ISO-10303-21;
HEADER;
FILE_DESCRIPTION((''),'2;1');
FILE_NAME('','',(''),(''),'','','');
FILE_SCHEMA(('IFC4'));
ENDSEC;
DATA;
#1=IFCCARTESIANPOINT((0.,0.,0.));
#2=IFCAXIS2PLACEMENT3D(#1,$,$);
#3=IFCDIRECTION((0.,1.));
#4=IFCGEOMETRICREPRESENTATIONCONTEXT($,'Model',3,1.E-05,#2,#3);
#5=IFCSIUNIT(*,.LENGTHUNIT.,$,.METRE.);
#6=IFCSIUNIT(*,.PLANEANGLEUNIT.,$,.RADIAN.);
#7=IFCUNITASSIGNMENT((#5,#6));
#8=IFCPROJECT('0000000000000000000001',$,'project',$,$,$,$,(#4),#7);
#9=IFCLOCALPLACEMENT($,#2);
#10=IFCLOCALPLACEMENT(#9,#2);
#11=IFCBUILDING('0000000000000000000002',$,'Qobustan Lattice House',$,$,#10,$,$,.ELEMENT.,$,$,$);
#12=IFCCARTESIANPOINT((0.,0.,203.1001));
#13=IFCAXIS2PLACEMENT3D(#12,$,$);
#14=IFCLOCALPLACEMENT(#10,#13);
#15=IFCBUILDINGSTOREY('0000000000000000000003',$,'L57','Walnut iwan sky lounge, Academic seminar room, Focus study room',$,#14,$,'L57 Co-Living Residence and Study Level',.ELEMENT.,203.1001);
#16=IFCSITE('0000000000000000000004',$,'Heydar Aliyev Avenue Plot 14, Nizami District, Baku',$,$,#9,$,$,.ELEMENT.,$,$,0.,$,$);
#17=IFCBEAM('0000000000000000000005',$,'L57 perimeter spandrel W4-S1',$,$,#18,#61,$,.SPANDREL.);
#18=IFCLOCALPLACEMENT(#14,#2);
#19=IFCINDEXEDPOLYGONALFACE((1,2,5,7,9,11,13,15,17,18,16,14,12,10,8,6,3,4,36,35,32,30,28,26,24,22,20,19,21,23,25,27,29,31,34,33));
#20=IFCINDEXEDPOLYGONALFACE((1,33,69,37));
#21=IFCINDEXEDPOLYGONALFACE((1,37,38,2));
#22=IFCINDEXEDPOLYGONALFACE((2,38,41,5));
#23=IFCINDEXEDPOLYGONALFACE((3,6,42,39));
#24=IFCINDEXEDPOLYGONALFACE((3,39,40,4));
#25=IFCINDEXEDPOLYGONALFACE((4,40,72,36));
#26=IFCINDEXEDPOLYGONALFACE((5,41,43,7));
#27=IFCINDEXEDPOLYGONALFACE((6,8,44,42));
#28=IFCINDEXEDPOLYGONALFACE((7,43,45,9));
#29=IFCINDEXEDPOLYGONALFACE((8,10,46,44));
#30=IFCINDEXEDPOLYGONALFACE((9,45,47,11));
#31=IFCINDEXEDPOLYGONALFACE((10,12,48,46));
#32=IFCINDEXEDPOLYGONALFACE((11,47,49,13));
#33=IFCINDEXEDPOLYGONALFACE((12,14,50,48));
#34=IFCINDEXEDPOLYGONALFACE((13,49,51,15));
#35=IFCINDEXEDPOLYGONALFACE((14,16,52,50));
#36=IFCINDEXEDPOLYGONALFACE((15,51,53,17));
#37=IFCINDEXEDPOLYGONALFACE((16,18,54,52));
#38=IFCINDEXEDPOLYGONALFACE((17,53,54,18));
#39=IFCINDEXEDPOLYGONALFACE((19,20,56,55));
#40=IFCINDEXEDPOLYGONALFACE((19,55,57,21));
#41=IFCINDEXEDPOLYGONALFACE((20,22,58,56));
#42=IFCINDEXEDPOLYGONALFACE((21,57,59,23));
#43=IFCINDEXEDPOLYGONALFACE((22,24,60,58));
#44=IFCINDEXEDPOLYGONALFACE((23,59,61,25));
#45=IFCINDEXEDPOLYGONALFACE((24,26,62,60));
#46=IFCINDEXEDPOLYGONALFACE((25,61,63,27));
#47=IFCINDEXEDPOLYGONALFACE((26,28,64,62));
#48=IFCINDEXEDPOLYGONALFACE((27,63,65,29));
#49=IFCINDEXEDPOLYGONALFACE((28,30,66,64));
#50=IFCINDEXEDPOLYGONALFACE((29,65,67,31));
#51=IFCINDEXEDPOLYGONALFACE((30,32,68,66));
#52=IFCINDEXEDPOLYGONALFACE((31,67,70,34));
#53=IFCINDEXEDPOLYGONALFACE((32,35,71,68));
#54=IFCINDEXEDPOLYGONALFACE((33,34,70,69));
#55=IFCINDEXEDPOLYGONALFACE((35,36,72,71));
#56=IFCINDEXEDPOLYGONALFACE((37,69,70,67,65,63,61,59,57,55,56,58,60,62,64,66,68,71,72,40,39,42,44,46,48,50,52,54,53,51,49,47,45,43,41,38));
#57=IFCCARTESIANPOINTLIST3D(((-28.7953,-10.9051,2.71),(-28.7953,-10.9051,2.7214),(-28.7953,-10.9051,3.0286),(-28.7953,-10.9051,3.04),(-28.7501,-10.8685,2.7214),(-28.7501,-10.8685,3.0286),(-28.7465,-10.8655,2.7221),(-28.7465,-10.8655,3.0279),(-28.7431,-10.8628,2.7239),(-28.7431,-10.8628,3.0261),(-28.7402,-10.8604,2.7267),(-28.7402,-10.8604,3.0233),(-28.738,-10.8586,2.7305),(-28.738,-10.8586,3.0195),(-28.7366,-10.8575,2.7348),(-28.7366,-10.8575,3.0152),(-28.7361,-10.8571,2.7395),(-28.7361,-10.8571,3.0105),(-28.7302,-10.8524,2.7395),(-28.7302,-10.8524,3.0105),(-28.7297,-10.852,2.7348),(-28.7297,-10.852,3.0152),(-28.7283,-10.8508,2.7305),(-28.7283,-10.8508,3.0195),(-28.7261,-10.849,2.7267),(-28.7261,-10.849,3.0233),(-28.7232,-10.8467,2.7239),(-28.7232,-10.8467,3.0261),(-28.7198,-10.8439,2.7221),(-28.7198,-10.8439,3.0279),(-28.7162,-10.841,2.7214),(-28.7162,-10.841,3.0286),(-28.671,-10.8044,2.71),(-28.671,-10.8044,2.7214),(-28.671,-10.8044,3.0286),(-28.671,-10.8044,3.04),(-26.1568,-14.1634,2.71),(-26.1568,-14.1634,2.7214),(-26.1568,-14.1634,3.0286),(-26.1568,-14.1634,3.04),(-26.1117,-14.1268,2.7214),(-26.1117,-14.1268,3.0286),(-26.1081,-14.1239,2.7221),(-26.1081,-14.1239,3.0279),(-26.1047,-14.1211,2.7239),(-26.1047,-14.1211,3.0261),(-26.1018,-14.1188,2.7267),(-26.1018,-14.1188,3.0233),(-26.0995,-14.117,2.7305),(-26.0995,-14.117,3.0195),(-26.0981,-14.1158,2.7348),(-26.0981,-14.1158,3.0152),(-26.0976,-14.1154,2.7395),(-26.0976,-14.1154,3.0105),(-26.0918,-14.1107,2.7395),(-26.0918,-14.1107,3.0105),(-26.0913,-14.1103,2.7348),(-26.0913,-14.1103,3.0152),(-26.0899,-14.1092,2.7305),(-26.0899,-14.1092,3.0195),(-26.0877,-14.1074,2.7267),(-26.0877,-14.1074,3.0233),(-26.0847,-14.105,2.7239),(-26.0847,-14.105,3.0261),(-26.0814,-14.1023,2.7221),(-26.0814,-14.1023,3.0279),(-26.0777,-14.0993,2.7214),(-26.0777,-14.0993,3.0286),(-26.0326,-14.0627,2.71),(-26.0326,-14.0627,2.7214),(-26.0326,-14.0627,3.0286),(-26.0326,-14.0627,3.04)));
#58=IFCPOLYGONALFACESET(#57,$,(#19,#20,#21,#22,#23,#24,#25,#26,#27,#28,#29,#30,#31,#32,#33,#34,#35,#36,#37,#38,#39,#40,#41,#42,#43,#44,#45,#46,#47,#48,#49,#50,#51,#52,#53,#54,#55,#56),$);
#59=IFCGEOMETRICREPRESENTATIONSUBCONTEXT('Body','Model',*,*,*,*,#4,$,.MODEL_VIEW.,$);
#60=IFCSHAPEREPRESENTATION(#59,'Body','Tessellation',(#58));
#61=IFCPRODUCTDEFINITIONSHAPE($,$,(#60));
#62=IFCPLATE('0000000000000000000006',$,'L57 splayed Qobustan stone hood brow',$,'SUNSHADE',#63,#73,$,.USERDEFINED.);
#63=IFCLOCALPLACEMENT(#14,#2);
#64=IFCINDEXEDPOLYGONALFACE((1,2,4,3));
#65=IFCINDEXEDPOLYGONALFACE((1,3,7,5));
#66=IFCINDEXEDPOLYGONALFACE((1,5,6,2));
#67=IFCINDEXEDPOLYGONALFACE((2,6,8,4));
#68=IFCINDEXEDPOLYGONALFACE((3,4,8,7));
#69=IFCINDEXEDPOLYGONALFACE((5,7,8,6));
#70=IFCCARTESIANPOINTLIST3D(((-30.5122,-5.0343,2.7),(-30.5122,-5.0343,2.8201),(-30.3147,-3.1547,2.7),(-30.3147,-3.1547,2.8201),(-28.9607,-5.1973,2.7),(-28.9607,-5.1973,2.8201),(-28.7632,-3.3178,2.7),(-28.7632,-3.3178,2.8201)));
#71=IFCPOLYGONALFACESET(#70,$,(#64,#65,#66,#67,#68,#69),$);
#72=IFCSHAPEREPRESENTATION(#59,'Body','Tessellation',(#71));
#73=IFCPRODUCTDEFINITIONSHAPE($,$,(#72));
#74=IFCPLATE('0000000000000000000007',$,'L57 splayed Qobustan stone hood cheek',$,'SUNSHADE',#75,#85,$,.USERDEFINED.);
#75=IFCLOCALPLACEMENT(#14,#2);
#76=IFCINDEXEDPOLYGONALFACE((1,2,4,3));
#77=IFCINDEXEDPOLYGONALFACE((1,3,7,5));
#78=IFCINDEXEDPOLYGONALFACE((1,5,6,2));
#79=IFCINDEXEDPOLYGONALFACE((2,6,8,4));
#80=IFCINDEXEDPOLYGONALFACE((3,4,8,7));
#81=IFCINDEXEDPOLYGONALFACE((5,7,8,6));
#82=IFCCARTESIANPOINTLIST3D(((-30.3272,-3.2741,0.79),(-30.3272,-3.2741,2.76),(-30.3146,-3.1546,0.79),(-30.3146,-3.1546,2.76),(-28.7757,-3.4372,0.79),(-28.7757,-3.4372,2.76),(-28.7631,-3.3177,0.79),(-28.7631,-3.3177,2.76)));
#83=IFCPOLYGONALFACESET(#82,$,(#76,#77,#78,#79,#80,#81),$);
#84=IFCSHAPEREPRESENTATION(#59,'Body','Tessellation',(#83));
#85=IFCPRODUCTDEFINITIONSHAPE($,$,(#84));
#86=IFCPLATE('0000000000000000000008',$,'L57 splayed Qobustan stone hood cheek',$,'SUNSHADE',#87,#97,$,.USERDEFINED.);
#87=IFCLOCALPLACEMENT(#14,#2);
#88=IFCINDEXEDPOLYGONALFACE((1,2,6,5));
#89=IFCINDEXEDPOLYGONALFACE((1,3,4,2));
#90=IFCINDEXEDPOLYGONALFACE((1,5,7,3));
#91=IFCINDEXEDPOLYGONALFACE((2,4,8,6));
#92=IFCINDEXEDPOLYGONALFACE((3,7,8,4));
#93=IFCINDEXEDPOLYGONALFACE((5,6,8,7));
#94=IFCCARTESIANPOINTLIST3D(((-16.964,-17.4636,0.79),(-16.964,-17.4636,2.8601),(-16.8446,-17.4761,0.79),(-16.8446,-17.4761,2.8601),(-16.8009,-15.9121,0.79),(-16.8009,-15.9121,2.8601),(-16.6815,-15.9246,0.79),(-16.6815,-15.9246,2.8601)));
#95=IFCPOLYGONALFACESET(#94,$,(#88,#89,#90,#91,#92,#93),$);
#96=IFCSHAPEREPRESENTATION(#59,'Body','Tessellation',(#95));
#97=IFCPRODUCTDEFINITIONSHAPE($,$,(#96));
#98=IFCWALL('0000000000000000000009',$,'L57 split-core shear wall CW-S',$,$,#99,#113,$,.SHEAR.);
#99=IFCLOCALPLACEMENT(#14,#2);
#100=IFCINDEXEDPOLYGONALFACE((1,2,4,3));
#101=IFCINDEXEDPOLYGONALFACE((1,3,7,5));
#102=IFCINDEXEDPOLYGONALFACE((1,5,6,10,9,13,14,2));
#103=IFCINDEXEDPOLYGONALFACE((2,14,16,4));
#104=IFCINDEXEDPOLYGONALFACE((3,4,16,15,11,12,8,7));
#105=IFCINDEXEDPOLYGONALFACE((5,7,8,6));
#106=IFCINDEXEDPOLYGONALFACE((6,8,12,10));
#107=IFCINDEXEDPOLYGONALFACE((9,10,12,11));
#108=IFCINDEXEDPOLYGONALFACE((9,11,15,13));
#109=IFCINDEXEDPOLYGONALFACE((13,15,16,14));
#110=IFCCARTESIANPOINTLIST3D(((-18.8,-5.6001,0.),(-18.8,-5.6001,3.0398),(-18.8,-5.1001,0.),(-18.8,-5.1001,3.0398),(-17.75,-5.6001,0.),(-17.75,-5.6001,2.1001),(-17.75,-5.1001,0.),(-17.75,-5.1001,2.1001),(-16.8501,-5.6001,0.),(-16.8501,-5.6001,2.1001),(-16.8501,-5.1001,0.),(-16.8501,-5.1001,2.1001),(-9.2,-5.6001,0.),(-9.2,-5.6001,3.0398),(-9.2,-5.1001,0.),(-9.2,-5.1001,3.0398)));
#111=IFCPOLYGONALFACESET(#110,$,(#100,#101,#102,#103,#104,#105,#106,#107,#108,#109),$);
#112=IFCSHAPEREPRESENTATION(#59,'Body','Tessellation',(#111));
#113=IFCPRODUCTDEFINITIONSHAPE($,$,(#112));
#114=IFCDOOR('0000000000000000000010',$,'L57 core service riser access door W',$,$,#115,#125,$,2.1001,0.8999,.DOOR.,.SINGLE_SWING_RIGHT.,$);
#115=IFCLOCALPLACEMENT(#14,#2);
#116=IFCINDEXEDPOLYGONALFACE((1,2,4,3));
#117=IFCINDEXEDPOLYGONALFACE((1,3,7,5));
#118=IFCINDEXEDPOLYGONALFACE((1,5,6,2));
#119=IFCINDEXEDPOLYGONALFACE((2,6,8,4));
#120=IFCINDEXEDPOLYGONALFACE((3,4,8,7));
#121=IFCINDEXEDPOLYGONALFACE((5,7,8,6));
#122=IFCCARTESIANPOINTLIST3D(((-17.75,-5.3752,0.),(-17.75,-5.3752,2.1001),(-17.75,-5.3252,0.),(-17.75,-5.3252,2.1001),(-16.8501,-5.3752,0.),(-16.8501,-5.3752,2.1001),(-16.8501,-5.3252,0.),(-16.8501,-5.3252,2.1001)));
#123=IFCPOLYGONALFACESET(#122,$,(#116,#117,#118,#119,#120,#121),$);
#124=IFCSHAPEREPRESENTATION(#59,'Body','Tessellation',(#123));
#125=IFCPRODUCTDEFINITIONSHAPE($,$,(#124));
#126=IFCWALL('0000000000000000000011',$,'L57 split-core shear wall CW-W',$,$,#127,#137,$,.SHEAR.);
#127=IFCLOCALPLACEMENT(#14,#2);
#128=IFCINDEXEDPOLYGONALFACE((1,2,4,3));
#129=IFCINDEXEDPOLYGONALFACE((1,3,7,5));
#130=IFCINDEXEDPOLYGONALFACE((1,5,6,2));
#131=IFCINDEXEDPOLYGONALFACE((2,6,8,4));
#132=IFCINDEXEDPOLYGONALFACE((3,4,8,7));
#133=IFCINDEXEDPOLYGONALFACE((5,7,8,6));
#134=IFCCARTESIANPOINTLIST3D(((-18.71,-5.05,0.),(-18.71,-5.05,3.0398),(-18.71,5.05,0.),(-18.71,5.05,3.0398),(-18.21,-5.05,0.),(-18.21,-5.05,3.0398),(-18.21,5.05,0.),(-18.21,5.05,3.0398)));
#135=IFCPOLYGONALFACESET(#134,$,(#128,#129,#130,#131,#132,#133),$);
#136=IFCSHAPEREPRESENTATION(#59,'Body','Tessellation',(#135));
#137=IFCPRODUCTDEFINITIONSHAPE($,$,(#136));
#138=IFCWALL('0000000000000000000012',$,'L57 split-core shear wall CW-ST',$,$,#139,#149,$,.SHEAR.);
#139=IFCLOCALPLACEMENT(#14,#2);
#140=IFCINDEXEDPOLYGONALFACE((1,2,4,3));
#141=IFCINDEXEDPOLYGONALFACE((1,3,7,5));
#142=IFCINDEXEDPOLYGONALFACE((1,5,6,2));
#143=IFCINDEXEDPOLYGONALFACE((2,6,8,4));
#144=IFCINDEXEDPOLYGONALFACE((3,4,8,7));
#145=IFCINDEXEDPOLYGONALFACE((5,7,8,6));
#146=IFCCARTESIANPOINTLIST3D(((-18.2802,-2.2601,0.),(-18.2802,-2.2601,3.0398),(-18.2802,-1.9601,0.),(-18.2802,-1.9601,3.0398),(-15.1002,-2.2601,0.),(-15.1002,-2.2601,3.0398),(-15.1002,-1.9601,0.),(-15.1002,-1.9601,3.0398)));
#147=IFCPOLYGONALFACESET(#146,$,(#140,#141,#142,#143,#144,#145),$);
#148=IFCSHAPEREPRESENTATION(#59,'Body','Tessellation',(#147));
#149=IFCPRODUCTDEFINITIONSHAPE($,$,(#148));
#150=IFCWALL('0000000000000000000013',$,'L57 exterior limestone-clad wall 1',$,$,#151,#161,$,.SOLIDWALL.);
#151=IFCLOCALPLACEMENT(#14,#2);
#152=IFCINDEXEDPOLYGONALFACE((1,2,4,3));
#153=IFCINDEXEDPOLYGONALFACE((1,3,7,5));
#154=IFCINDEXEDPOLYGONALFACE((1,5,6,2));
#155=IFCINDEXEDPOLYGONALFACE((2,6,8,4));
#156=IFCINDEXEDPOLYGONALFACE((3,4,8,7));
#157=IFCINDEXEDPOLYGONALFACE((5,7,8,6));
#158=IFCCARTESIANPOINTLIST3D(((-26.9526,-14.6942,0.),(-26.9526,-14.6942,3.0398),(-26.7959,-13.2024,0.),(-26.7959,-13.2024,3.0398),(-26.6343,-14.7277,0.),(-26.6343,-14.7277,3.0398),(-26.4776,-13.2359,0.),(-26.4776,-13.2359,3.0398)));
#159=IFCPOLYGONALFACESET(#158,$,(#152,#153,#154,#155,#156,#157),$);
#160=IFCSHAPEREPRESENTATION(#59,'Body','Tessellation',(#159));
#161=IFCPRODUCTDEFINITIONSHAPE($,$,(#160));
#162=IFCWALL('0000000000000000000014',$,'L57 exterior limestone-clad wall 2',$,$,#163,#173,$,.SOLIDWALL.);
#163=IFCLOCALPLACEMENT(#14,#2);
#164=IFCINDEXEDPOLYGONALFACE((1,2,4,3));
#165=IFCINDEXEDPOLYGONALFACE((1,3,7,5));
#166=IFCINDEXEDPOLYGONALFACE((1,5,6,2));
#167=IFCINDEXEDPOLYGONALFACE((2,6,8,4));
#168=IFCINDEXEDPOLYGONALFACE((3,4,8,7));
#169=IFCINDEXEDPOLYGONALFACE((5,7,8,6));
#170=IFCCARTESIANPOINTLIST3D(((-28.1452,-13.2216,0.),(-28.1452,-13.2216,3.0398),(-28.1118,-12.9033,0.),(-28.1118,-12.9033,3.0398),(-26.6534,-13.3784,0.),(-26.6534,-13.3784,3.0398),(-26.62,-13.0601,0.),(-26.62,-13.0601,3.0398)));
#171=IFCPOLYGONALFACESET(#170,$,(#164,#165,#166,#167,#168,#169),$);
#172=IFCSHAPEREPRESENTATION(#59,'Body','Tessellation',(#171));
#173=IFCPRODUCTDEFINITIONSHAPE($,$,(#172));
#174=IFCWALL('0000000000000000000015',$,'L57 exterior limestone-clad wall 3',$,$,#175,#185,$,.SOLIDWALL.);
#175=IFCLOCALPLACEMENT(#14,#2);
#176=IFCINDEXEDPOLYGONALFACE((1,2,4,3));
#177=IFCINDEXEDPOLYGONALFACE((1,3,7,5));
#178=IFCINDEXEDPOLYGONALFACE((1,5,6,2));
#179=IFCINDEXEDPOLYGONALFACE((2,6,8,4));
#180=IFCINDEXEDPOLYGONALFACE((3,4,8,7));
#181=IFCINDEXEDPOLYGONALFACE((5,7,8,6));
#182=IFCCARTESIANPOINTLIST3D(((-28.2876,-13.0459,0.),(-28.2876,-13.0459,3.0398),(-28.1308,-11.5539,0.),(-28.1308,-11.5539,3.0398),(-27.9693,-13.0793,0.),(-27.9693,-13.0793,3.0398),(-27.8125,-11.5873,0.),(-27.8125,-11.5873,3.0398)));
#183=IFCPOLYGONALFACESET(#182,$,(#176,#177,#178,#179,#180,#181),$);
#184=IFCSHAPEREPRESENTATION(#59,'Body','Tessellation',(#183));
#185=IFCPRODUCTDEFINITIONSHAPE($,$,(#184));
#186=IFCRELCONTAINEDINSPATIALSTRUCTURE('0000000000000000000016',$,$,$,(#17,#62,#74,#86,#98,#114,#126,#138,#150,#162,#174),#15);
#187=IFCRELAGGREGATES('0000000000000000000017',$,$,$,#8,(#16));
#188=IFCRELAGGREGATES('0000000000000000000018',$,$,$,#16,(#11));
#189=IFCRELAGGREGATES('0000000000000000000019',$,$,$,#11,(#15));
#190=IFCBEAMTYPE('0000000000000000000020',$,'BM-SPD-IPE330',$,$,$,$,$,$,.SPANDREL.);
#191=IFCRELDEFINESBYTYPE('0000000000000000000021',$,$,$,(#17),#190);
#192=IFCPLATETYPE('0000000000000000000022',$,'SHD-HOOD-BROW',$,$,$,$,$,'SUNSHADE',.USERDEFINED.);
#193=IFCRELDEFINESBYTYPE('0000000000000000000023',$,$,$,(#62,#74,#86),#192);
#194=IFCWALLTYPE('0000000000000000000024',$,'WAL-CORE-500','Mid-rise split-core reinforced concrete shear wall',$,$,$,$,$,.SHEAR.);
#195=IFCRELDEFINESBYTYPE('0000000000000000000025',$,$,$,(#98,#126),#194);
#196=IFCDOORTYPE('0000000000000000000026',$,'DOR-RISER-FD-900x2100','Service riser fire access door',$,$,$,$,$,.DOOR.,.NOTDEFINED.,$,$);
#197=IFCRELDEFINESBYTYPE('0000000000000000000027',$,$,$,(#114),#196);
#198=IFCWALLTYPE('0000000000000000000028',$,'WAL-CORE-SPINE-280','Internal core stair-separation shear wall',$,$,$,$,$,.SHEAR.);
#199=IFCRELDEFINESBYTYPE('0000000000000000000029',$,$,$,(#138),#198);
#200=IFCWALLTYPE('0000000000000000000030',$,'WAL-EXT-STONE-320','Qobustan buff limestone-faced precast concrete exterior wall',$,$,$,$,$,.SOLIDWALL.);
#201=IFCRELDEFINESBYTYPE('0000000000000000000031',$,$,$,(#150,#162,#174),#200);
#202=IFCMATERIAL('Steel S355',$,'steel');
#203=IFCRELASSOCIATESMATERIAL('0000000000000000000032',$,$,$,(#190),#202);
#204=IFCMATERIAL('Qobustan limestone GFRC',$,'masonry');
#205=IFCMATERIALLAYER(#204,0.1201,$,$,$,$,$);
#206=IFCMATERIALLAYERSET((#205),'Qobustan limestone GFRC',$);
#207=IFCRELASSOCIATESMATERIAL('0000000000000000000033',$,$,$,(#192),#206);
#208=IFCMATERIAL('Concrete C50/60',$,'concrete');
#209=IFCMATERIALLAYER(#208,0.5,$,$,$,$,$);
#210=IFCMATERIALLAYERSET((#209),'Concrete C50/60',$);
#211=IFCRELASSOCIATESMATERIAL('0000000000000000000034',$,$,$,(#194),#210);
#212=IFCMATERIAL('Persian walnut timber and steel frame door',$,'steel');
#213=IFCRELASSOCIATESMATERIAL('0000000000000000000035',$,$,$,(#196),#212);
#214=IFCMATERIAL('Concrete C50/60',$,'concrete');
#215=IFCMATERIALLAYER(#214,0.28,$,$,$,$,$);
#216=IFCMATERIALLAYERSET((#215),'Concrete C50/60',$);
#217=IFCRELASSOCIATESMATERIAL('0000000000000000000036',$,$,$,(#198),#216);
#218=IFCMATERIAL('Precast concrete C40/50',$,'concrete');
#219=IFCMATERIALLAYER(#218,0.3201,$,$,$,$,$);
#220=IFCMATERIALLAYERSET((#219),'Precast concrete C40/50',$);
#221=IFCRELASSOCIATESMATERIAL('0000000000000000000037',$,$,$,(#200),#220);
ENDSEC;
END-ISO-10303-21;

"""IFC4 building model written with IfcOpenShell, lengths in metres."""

from ifc_helpers import new_model, si_unit, direction, frame, frame_2d, origin, origin_2d, place, context, subcontext, project, spatial, rectangle, i_section, extrude, material, layer, layer_set, material_profile, profile_set, type_object, element, fill, save


model = new_model("IFC4")

# Units and contexts
model_context = context("Model", 3, precision=1e-05, world=origin(), true_north=direction((0.0, 1.0)))
body_context = subcontext(model_context, "Body", "Model", "MODEL_VIEW")
ifc_project = project(units=[si_unit("LENGTHUNIT", "METRE"), si_unit("PLANEANGLEUNIT", "RADIAN")], contexts=[model_context])

# Site, building, storey
site_placement = place(None, origin())
site = spatial("IfcSite", under=ifc_project, at=site_placement, Name="Heydar Aliyev Avenue Plot 14, Nizami District, Baku", CompositionType="ELEMENT", RefElevation=0.0)
building_placement = place(site_placement, origin())
building = spatial("IfcBuilding", under=site, at=building_placement, Name="Qobustan Lattice House", CompositionType="ELEMENT")
storey_placement = place(building_placement, frame((0.0, 0.0, 203.1001)))
storey = spatial("IfcBuildingStorey", under=building, at=storey_placement, Name="L57", Description="Walnut iwan sky lounge, Academic seminar room, Focus study room", LongName="L57 Co-Living Residence and Study Level", CompositionType="ELEMENT", Elevation=203.1001)

# Beam
ifc_material_1 = material(Name="Steel S355", Category="steel")
ifc_material_profile_1 = material_profile(ifc_material_1, i_section(OverallWidth=0.1599, OverallDepth=0.3301, WebThickness=0.0076, FlangeThickness=0.0115, FilletRadius=0.0181, at=origin_2d()), Name="IPE330")
ifc_profile_set_1 = profile_set([ifc_material_profile_1], Name="Steel S355")
beam_type_1 = type_object("IfcBeamType", Name="BM-SPD-IPE330", PredefinedType="SPANDREL", material=ifc_profile_set_1)
beam_1_placement = place(storey_placement, frame((-28.7332, -10.8547, 2.875), z_axis=(0.629307, -0.777157, 0.0), x_axis=(0.777157, 0.629307, 0.0)))
element("IfcBeam", 1, at=beam_1_placement, inside=storey, type_object=beam_type_1, Name="L57 perimeter spandrel W4-S1", PredefinedType="SPANDREL", context=body_context, shape_type="SweptSolid", body=[
    extrude(i_section(OverallWidth=0.1599, OverallDepth=0.3301, WebThickness=0.0076, FlangeThickness=0.0115, FilletRadius=0.0181, at=origin_2d()), origin(), (0.0, 0.0, 1.0), 4.1926),
])

# Plates
ifc_material_2 = material(Name="Qobustan limestone GFRC", Category="masonry")
ifc_layer_1 = layer(ifc_material_2, 0.1201)
ifc_layer_set_1 = layer_set([ifc_layer_1], Name="Qobustan limestone GFRC")
plate_type = type_object("IfcPlateType", Name="SHD-HOOD-BROW", ElementType="SUNSHADE", PredefinedType="USERDEFINED", material=ifc_layer_set_1)
plate_1_placement = place(storey_placement, frame((-29.6377, -4.176, 2.7), z_axis=(0.0, 0.0, 1.0), x_axis=(0.104528, 0.994522, 0.0)))
element("IfcPlate", 2, at=plate_1_placement, inside=storey, type_object=plate_type, Name="L57 splayed Qobustan stone hood brow", ObjectType="SUNSHADE", PredefinedType="USERDEFINED", context=body_context, shape_type="SweptSolid", body=[
    extrude(rectangle(XDim=1.8899, YDim=1.5601, at=origin_2d()), origin(), (0.0, 0.0, 1.0), 0.1201),
])
plate_2_placement = place(storey_placement, frame((-29.5452, -3.2959, 0.79), z_axis=(0.0, 0.0, 1.0), x_axis=(0.104528, 0.994522, 0.0)))
element("IfcPlate", 3, at=plate_2_placement, inside=storey, type_object=plate_type, Name="L57 splayed Qobustan stone hood cheek", ObjectType="SUNSHADE", PredefinedType="USERDEFINED", context=body_context, shape_type="SweptSolid", body=[
    extrude(rectangle(XDim=0.1201, YDim=1.5601, at=origin_2d()), origin(), (0.0, 0.0, 1.0), 1.97),
])
plate_3_placement = place(storey_placement, frame((-16.8228, -16.6941, 0.79), z_axis=(0.0, 0.0, 1.0), x_axis=(-0.994522, 0.104528, 0.0)))
element("IfcPlate", 4, at=plate_3_placement, inside=storey, type_object=plate_type, Name="L57 splayed Qobustan stone hood cheek", ObjectType="SUNSHADE", PredefinedType="USERDEFINED", context=body_context, shape_type="SweptSolid", body=[
    extrude(rectangle(XDim=0.1201, YDim=1.5601, at=origin_2d()), origin(), (0.0, 0.0, 1.0), 2.0701),
])

# Wall, opening, door
ifc_material_3 = material(Name="Concrete C50/60", Category="concrete")
ifc_layer_2 = layer(ifc_material_3, 0.5)
ifc_layer_set_2 = layer_set([ifc_layer_2], Name="Concrete C50/60")
wall_type_1 = type_object("IfcWallType", Name="WAL-CORE-500", Description="Mid-rise split-core reinforced concrete shear wall", PredefinedType="SHEAR", material=ifc_layer_set_2)
wall_1_placement = place(storey_placement, frame((-18.8, -5.3501, 0.0), z_axis=(0.0, 0.0, 1.0), x_axis=(1.0, 0.0, 0.0)))
wall_1 = element("IfcWall", 5, at=wall_1_placement, inside=storey, type_object=wall_type_1, Name="L57 split-core shear wall CW-S", PredefinedType="SHEAR", context=body_context, shape_type="SweptSolid", body=[
    extrude(rectangle(XDim=9.6001, YDim=0.5, at=frame_2d((4.8, 0.0))), origin(), (0.0, 0.0, 1.0), 3.0398),
])
opening_1_placement = place(wall_1_placement, frame((1.05, 0.0, 0.0)))
opening_1 = element("IfcOpeningElement", 6, at=opening_1_placement, cuts=wall_1, PredefinedType="OPENING", context=body_context, shape_type="SweptSolid", body=[
    extrude(rectangle(XDim=0.8999, YDim=2.1001, at=frame_2d((0.45, 1.05))), frame((0.0, 0.26, 0.0), z_axis=(0.0, -1.0, 0.0), x_axis=(1.0, 0.0, 0.0)), (0.0, 0.0, 1.0), 0.52),
])
ifc_material_4 = material(Name="Persian walnut timber and steel frame door", Category="steel")
door_type_1 = type_object("IfcDoorType", Name="DOR-RISER-FD-900x2100", Description="Service riser fire access door", OperationType="NOTDEFINED", PredefinedType="DOOR", material=ifc_material_4)
door_1_placement = place(opening_1_placement, origin())
door_1 = element("IfcDoor", 7, at=door_1_placement, inside=storey, type_object=door_type_1, Name="L57 core service riser access door W", OperationType="SINGLE_SWING_RIGHT", OverallHeight=2.1001, OverallWidth=0.8999, PredefinedType="DOOR", context=body_context, shape_type="SweptSolid", body=[
    extrude(rectangle(XDim=0.8999, YDim=2.1001, at=frame_2d((0.45, 1.05))), frame((0.0, 0.0249, 0.0), z_axis=(0.0, -1.0, 0.0), x_axis=(1.0, 0.0, 0.0)), (0.0, 0.0, 1.0), 0.05),
])
fill(opening_1, door_1)

# Walls
wall_2_placement = place(storey_placement, frame((-18.46, -5.05, 0.0), z_axis=(0.0, 0.0, 1.0), x_axis=(0.0, 1.0, 0.0)))
element("IfcWall", 8, at=wall_2_placement, inside=storey, type_object=wall_type_1, Name="L57 split-core shear wall CW-W", PredefinedType="SHEAR", context=body_context, shape_type="SweptSolid", body=[
    extrude(rectangle(XDim=10.1001, YDim=0.5, at=frame_2d((5.05, 0.0))), origin(), (0.0, 0.0, 1.0), 3.0398),
])
ifc_material_5 = material(Name="Concrete C50/60", Category="concrete")
ifc_layer_3 = layer(ifc_material_5, 0.28)
ifc_layer_set_3 = layer_set([ifc_layer_3], Name="Concrete C50/60")
wall_type_2 = type_object("IfcWallType", Name="WAL-CORE-SPINE-280", Description="Internal core stair-separation shear wall", PredefinedType="SHEAR", material=ifc_layer_set_3)
wall_3_placement = place(storey_placement, frame((-18.28, -2.1101, 0.0), z_axis=(0.0, 0.0, 1.0), x_axis=(1.0, 0.0, 0.0)))
element("IfcWall", 9, at=wall_3_placement, inside=storey, type_object=wall_type_2, Name="L57 split-core shear wall CW-ST", PredefinedType="SHEAR", context=body_context, shape_type="SweptSolid", body=[
    extrude(rectangle(XDim=3.1799, YDim=0.3, at=frame_2d((1.5898, 0.0))), origin(), (0.0, 0.0, 1.0), 3.0398),
])
ifc_material_6 = material(Name="Precast concrete C40/50", Category="concrete")
ifc_layer_4 = layer(ifc_material_6, 0.3201)
ifc_layer_set_4 = layer_set([ifc_layer_4], Name="Precast concrete C40/50")
wall_type_3 = type_object("IfcWallType", Name="WAL-EXT-STONE-320", Description="Qobustan buff limestone-faced precast concrete exterior wall", PredefinedType="SOLIDWALL", material=ifc_layer_set_4)
for number, where, z_axis, x_axis, name in (
    (10, (-26.7935, -14.7109, 0.0), (0.0, 0.0, 1.0), (0.104498, 0.994525, 0.0), "L57 exterior limestone-clad wall 1"),
    (11, (-26.6367, -13.2192, 0.0), (0.0, 0.0, 1.0), (-0.994525, 0.104498, 0.0), "L57 exterior limestone-clad wall 2"),
):
    element("IfcWall", number, at=place(storey_placement, frame(where, z_axis=z_axis, x_axis=x_axis)), inside=storey, type_object=wall_type_3, Name=name, PredefinedType="SOLIDWALL", context=body_context, shape_type="SweptSolid", body=[
        extrude(rectangle(XDim=1.5, YDim=0.3201, at=frame_2d((0.75, 0.0))), origin(), (0.0, 0.0, 1.0), 3.0398),
    ])
wall_4_placement = place(storey_placement, frame((-28.1284, -13.0625, 0.0), z_axis=(0.0, 0.0, 1.0), x_axis=(0.104481, 0.994527, 0.0)))
element("IfcWall", 12, at=wall_4_placement, inside=storey, type_object=wall_type_3, Name="L57 exterior limestone-clad wall 3", PredefinedType="SOLIDWALL", context=body_context, shape_type="SweptSolid", body=[
    extrude(rectangle(XDim=1.5002, YDim=0.3201, at=frame_2d((0.75, 0.0))), origin(), (0.0, 0.0, 1.0), 3.0398),
])

save(model, "model.ifc")
